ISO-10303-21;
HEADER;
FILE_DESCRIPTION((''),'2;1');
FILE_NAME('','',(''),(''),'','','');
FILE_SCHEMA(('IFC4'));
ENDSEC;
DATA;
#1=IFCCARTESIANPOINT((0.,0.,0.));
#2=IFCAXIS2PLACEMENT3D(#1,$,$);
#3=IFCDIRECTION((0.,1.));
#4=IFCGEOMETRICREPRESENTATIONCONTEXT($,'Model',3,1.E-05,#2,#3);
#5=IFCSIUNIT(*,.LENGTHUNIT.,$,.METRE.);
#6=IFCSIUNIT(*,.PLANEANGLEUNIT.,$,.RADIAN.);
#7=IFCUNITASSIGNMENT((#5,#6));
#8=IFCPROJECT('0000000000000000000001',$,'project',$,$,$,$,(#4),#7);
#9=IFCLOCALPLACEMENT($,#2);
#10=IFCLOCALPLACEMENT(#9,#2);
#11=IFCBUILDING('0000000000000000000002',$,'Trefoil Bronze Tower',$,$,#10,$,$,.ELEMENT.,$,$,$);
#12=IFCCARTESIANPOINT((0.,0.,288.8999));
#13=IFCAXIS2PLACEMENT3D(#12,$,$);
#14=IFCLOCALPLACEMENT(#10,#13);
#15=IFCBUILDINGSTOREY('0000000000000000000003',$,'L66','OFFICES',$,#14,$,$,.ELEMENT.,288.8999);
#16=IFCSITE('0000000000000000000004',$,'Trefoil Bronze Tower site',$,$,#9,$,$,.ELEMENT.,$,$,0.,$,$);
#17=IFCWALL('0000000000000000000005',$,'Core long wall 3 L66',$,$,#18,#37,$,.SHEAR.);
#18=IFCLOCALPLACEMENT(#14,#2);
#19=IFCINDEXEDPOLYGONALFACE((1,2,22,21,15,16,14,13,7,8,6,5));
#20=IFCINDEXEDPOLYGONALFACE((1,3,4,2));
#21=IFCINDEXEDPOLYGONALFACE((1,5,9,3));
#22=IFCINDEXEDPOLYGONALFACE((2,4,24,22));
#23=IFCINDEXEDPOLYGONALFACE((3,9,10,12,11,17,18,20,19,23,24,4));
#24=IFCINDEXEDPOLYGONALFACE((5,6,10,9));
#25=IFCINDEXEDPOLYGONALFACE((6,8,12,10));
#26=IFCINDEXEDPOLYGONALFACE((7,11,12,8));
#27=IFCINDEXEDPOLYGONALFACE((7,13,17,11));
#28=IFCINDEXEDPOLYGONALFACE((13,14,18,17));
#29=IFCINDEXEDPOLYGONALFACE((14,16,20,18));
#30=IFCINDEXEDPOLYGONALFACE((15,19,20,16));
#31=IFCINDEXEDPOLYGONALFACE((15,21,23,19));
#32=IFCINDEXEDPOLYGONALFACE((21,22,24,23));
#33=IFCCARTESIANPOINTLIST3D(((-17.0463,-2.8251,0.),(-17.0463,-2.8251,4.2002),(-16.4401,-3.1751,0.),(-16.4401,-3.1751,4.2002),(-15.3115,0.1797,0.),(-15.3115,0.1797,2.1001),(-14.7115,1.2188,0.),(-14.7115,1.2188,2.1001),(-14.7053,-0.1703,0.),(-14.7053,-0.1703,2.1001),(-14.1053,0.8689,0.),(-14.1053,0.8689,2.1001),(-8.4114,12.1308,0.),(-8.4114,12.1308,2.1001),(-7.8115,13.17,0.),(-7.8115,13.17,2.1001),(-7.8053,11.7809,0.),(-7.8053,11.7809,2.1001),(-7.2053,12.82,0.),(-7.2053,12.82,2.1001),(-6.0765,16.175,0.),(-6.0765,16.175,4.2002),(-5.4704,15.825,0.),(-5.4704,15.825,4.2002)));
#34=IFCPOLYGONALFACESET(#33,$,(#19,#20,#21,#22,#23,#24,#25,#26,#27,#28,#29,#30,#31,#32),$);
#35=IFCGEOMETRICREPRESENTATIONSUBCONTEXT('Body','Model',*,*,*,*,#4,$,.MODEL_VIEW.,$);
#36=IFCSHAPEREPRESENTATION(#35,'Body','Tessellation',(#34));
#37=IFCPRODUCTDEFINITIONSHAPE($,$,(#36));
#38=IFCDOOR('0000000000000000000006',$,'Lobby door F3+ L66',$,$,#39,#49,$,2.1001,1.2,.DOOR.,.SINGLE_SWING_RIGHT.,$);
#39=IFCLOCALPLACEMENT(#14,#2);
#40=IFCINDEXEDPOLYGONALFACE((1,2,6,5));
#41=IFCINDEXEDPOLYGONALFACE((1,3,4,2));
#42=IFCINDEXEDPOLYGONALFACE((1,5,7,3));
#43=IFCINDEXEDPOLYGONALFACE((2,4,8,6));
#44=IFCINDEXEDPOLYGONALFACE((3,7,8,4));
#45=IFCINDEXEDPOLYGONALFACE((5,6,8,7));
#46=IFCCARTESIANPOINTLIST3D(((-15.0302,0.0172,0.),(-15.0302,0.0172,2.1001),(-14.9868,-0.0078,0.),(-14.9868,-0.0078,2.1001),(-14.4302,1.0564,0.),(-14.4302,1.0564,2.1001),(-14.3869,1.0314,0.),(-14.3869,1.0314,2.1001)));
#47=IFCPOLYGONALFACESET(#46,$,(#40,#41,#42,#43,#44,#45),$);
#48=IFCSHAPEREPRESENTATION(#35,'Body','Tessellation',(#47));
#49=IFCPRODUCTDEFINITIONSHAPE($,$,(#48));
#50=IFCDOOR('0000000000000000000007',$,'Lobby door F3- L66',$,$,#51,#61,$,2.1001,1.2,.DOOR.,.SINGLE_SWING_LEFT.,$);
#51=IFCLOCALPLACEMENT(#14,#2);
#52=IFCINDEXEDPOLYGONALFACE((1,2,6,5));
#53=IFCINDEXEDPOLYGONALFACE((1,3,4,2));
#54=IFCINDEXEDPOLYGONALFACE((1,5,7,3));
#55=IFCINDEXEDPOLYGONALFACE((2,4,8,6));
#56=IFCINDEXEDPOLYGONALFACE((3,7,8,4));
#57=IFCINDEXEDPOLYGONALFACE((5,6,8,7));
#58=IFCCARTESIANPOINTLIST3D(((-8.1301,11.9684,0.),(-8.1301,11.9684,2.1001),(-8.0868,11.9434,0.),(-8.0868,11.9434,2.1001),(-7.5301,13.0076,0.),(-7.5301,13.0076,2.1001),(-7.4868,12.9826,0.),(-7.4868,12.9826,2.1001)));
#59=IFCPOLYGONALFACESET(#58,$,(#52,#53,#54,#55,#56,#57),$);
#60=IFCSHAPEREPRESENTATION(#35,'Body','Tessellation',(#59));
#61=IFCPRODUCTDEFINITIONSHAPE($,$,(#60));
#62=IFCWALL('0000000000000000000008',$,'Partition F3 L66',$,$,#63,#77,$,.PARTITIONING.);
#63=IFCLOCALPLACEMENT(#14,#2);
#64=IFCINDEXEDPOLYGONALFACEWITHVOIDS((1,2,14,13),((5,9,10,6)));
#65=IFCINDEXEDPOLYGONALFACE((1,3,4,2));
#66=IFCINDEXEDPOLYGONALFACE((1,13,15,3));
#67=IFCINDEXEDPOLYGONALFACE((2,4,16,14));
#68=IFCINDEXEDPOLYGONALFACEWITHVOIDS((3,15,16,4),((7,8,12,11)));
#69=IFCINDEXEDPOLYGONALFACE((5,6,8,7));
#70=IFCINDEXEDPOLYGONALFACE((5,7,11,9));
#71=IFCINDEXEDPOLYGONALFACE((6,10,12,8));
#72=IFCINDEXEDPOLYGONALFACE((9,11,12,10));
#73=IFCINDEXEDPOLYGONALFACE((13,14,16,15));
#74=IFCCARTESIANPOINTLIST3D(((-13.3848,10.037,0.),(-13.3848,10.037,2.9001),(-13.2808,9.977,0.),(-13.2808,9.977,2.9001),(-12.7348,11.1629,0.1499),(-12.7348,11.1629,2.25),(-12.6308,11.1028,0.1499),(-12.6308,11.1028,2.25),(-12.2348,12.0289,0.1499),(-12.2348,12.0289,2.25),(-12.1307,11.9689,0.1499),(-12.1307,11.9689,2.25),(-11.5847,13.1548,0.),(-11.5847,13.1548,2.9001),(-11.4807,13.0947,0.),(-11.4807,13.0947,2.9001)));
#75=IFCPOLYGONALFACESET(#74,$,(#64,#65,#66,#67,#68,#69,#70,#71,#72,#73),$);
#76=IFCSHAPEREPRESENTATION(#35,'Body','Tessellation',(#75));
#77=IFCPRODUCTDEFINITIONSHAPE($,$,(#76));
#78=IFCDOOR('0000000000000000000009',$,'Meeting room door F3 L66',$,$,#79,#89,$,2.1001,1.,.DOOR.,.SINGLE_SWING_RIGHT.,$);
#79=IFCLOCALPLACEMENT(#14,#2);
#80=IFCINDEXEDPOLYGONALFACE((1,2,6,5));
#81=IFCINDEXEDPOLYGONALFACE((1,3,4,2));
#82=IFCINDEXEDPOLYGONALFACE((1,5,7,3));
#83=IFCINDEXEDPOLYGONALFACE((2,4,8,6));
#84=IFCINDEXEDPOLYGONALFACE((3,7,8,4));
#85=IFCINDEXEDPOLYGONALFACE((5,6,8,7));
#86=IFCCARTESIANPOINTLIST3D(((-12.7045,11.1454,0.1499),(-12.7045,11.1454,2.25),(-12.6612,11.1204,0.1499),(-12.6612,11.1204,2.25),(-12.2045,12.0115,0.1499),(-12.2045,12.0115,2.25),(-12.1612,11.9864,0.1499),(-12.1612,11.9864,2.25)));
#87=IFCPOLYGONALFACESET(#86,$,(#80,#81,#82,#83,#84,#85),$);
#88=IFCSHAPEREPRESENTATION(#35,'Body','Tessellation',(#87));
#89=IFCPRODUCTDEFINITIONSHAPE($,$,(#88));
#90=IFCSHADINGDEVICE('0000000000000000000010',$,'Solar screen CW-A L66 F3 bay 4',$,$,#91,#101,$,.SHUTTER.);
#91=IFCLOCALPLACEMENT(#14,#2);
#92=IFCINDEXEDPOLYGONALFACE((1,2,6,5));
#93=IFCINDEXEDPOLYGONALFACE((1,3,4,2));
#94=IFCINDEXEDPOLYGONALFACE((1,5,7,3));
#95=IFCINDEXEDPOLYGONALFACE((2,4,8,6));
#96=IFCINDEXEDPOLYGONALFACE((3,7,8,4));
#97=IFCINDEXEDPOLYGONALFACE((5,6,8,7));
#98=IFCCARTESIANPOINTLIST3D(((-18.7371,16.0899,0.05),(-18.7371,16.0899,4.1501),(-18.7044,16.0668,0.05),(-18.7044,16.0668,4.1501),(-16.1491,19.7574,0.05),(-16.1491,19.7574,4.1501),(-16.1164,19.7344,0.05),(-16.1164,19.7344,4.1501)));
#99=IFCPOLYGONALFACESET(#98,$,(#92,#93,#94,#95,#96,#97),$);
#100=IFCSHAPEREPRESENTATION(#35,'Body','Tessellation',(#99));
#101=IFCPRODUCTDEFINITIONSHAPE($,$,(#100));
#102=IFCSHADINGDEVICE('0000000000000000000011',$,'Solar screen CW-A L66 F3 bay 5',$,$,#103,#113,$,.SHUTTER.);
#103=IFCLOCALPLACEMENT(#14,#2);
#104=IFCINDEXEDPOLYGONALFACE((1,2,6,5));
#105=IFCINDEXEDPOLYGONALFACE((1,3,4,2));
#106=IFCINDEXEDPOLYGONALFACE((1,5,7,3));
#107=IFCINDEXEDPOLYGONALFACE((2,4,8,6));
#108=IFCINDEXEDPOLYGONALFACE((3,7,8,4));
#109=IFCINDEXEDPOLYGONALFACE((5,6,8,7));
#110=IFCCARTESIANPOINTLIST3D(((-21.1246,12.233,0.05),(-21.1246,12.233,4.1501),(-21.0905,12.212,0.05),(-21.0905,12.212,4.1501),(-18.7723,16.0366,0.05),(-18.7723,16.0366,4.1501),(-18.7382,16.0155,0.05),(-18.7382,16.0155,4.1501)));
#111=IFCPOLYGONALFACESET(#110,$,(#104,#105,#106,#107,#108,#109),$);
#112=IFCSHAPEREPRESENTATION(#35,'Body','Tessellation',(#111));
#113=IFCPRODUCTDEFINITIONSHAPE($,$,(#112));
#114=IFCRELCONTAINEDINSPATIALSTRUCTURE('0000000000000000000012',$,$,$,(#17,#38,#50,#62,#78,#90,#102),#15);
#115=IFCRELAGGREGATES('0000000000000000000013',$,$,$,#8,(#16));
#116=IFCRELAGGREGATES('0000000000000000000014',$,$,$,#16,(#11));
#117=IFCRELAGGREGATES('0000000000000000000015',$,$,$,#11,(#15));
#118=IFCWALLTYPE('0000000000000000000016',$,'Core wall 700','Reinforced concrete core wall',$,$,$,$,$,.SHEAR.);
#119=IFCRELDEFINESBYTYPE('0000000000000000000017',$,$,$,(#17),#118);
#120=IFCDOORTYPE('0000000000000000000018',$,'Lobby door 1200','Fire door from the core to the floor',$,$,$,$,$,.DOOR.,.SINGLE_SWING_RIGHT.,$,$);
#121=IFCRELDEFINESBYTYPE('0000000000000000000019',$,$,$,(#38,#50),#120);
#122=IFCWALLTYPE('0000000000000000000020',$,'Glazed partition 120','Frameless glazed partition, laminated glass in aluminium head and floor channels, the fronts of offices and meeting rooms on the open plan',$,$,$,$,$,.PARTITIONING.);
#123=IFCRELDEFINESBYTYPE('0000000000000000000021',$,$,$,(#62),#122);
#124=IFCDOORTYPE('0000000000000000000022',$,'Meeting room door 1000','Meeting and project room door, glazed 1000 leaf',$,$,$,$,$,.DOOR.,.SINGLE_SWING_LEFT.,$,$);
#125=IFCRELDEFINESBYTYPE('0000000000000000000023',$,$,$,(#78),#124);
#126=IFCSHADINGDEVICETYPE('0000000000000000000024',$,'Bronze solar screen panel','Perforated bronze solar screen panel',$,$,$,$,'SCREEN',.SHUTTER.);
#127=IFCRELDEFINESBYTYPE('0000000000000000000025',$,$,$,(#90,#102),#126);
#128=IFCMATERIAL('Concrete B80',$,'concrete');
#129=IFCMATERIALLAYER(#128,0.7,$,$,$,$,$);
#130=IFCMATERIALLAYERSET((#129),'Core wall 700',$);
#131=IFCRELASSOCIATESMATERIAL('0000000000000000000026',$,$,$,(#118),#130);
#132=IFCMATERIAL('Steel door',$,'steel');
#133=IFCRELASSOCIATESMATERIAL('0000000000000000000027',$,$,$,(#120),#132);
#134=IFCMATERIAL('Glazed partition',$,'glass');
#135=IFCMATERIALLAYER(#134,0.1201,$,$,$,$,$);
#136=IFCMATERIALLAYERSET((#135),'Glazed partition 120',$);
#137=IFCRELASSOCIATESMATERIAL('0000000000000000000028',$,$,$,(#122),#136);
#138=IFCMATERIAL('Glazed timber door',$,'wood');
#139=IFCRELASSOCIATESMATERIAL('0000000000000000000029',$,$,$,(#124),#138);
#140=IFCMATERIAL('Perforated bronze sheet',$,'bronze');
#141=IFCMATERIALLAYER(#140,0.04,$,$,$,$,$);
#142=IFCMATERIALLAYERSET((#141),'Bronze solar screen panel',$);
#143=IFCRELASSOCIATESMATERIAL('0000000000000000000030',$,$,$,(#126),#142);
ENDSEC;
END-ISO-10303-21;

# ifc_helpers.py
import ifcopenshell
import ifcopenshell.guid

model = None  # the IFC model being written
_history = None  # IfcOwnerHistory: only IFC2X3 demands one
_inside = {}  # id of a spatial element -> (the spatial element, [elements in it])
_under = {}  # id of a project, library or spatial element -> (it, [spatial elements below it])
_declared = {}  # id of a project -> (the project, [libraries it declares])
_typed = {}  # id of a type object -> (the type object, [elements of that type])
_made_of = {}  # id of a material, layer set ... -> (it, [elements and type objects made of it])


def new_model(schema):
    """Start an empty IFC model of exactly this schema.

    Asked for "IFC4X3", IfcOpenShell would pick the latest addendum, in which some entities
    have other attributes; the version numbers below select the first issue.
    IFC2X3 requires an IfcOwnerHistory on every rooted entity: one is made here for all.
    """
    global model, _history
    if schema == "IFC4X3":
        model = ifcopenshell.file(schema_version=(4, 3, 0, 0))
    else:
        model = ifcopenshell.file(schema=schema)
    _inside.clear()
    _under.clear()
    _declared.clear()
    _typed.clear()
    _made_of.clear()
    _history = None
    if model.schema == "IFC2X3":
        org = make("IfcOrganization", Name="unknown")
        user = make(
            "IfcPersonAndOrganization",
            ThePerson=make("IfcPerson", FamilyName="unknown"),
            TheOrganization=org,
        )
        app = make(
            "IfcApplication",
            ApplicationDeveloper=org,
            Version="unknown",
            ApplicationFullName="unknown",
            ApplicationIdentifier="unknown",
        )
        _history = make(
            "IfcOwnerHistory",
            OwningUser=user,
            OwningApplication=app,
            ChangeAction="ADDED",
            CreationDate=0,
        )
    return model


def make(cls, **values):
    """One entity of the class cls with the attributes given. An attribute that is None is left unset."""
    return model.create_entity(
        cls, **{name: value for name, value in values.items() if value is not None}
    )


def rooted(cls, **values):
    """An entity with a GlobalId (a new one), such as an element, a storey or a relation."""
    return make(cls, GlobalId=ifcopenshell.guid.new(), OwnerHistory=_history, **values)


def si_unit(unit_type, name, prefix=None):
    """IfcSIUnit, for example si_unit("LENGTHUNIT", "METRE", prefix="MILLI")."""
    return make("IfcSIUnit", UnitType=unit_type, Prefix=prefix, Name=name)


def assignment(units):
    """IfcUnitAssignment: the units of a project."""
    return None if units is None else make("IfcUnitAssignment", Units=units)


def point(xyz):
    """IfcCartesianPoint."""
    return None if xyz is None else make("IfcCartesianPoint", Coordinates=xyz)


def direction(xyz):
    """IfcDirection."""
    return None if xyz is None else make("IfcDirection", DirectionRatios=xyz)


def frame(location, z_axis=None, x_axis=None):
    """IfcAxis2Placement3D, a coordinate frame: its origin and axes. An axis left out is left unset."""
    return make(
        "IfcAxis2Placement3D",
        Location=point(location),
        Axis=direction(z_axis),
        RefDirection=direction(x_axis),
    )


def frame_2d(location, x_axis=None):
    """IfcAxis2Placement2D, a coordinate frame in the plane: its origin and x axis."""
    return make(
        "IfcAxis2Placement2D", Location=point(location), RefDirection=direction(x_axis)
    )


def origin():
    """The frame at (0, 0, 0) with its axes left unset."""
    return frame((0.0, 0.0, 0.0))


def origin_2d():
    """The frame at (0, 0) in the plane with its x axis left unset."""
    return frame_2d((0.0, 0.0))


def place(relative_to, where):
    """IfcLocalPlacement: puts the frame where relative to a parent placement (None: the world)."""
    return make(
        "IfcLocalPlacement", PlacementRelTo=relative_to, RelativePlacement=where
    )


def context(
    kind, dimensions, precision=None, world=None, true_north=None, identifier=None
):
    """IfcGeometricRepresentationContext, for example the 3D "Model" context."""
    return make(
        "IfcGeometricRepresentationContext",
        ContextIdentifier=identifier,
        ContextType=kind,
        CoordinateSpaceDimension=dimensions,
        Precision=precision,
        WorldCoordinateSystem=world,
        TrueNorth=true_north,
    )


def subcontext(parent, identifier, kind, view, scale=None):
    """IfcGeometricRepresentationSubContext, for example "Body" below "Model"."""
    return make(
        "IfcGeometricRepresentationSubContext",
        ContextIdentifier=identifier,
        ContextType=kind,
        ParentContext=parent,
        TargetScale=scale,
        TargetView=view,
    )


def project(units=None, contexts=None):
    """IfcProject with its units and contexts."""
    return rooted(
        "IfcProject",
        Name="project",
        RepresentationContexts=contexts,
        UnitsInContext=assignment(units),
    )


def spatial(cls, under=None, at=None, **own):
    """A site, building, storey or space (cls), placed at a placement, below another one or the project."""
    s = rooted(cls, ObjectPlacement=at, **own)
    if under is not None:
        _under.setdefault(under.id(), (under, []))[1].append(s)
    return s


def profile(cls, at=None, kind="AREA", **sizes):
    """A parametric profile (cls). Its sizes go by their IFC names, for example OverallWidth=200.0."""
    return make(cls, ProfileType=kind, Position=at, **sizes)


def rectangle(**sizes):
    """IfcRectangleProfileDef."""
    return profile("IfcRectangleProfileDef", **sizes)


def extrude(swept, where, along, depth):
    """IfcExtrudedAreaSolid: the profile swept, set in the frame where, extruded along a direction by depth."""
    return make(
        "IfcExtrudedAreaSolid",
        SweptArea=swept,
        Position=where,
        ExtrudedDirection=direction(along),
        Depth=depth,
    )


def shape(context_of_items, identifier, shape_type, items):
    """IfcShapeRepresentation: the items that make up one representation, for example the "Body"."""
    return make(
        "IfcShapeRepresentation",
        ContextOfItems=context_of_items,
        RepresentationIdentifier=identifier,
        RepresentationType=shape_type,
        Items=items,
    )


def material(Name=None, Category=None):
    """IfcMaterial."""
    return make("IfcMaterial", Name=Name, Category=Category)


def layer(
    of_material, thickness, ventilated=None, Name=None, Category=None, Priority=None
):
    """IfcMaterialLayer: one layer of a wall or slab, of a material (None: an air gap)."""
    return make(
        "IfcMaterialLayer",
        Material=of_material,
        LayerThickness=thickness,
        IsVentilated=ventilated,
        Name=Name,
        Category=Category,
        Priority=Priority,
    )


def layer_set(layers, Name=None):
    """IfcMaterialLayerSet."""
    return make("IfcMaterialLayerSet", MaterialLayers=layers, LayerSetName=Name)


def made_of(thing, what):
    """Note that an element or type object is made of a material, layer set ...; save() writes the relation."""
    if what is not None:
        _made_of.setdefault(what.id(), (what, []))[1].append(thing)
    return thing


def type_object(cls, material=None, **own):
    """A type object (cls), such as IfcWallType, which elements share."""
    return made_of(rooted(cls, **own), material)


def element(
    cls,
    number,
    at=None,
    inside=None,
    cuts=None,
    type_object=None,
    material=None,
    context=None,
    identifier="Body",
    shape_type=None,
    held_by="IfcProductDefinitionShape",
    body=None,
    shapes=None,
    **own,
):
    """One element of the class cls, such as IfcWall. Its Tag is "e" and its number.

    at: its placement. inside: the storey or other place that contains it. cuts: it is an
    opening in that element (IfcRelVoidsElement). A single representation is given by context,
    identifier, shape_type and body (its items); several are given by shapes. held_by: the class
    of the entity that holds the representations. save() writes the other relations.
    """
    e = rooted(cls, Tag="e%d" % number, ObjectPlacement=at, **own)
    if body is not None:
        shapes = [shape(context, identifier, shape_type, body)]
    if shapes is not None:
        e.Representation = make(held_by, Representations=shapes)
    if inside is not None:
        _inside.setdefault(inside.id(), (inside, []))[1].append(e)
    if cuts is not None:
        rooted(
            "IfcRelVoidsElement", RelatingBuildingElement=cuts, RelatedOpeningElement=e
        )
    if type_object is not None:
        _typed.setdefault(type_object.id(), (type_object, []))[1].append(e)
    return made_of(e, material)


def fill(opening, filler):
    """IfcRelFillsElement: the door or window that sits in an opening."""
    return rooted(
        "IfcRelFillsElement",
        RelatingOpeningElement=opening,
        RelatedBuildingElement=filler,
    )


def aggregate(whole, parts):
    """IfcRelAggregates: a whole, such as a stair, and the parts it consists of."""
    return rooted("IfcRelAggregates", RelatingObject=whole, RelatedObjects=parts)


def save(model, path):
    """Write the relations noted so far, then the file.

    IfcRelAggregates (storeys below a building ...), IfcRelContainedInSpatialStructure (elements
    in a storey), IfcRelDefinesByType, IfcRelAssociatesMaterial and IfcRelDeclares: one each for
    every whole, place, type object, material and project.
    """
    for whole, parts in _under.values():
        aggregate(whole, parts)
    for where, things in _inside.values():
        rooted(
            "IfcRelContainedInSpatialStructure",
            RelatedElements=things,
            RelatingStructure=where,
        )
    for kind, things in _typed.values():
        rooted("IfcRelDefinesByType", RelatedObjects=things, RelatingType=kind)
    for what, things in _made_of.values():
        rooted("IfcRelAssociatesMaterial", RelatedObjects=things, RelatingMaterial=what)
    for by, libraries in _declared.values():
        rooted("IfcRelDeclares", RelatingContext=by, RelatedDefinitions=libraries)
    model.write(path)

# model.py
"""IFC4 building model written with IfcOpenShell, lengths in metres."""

from ifc_helpers import new_model, si_unit, direction, frame, frame_2d, origin, origin_2d, place, context, subcontext, project, spatial, rectangle, extrude, material, layer, layer_set, type_object, element, fill, save


model = new_model("IFC4")

# Units and contexts
model_context = context("Model", 3, precision=1e-05, world=origin(), true_north=direction((0.0, 1.0)))
body_context = subcontext(model_context, "Body", "Model", "MODEL_VIEW")
ifc_project = project(units=[si_unit("LENGTHUNIT", "METRE"), si_unit("PLANEANGLEUNIT", "RADIAN")], contexts=[model_context])

# Site, building, storey
site_placement = place(None, origin())
site = spatial("IfcSite", under=ifc_project, at=site_placement, Name="Trefoil Bronze Tower site", CompositionType="ELEMENT", RefElevation=0.0)
building_placement = place(site_placement, origin())
building = spatial("IfcBuilding", under=site, at=building_placement, Name="Trefoil Bronze Tower", CompositionType="ELEMENT")
storey_placement = place(building_placement, frame((0.0, 0.0, 288.8999)))
storey = spatial("IfcBuildingStorey", under=building, at=storey_placement, Name="L66", Description="OFFICES", CompositionType="ELEMENT", Elevation=288.8999)

# Wall, openings, doors
ifc_material_1 = material(Name="Concrete B80", Category="concrete")
ifc_layer_1 = layer(ifc_material_1, 0.7)
ifc_layer_set_1 = layer_set([ifc_layer_1], Name="Core wall 700")
wall_type_1 = type_object("IfcWallType", Name="Core wall 700", Description="Reinforced concrete core wall", PredefinedType="SHEAR", material=ifc_layer_set_1)
wall_1_placement = place(storey_placement, frame((-5.7734, 16.0, 0.0), z_axis=(0.0, 0.0, 1.0), x_axis=(-0.500002, -0.866024, 0.0)))
wall_1 = element("IfcWall", 1, at=wall_1_placement, inside=storey, type_object=wall_type_1, Name="Core long wall 3 L66", PredefinedType="SHEAR", context=body_context, shape_type="SweptSolid", body=[
    extrude(rectangle(XDim=21.9395, YDim=0.7, at=frame_2d((10.9697, 0.0))), origin(), (0.0, 0.0, 1.0), 4.2002),
])
opening_1_placement = place(wall_1_placement, frame((17.2698, 0.0, 0.0)))
opening_1 = element("IfcOpeningElement", 2, at=opening_1_placement, cuts=wall_1, PredefinedType="OPENING", context=body_context, shape_type="SweptSolid", body=[
    extrude(rectangle(XDim=1.2, YDim=2.1001, at=frame_2d((0.6001, 1.05))), frame((0.0, 0.3599, 0.0), z_axis=(0.0, -1.0, 0.0), x_axis=(1.0, 0.0, 0.0)), (0.0, 0.0, 1.0), 0.72),
])
opening_2_placement = place(wall_1_placement, frame((3.4697, 0.0, 0.0)))
opening_2 = element("IfcOpeningElement", 3, at=opening_2_placement, cuts=wall_1, PredefinedType="OPENING", context=body_context, shape_type="SweptSolid", body=[
    extrude(rectangle(XDim=1.2, YDim=2.1001, at=frame_2d((0.6001, 1.05))), frame((0.0, 0.3599, 0.0), z_axis=(0.0, -1.0, 0.0), x_axis=(1.0, 0.0, 0.0)), (0.0, 0.0, 1.0), 0.72),
])
ifc_material_2 = material(Name="Steel door", Category="steel")
door_type_1 = type_object("IfcDoorType", Name="Lobby door 1200", Description="Fire door from the core to the floor", OperationType="SINGLE_SWING_RIGHT", PredefinedType="DOOR", material=ifc_material_2)
door_1_placement = place(opening_1_placement, origin())
door_1 = element("IfcDoor", 4, at=door_1_placement, inside=storey, type_object=door_type_1, Name="Lobby door F3+ L66", OperationType="SINGLE_SWING_RIGHT", OverallHeight=2.1001, OverallWidth=1.2, PredefinedType="DOOR", context=body_context, shape_type="SweptSolid", body=[
    extrude(rectangle(XDim=1.2, YDim=2.1001, at=frame_2d((0.6001, 1.05))), frame((0.0, 0.0249, 0.0), z_axis=(0.0, -1.0, 0.0), x_axis=(1.0, 0.0, 0.0)), (0.0, 0.0, 1.0), 0.05),
])
fill(opening_1, door_1)
door_2_placement = place(opening_2_placement, origin())
door_2 = element("IfcDoor", 5, at=door_2_placement, inside=storey, type_object=door_type_1, Name="Lobby door F3- L66", OperationType="SINGLE_SWING_LEFT", OverallHeight=2.1001, OverallWidth=1.2, PredefinedType="DOOR", context=body_context, shape_type="SweptSolid", body=[
    extrude(rectangle(XDim=1.2, YDim=2.1001, at=frame_2d((0.6001, 1.05))), frame((0.0, 0.0249, 0.0), z_axis=(0.0, -1.0, 0.0), x_axis=(1.0, 0.0, 0.0)), (0.0, 0.0, 1.0), 0.05),
])
fill(opening_2, door_2)

# Wall, opening, door
ifc_material_3 = material(Name="Glazed partition", Category="glass")
ifc_layer_2 = layer(ifc_material_3, 0.1201)
ifc_layer_set_2 = layer_set([ifc_layer_2], Name="Glazed partition 120")
wall_type_2 = type_object("IfcWallType", Name="Glazed partition 120", Description="Frameless glazed partition, laminated glass in aluminium head and floor channels, the fronts of offices and meeting rooms on the open plan", PredefinedType="PARTITIONING", material=ifc_layer_set_2)
wall_2_placement = place(storey_placement, frame((-11.5327, 13.1248, 0.0), z_axis=(0.0, 0.0, 1.0), x_axis=(-0.500012, -0.866018, 0.0)))
wall_2 = element("IfcWall", 6, at=wall_2_placement, inside=storey, type_object=wall_type_2, Name="Partition F3 L66", PredefinedType="PARTITIONING", context=body_context, shape_type="SweptSolid", body=[
    extrude(rectangle(XDim=3.6001, YDim=0.1201, at=frame_2d((1.8, 0.0))), origin(), (0.0, 0.0, 1.0), 2.9001),
])
opening_3_placement = place(wall_2_placement, frame((1.3, 0.0, 0.1499)))
opening_3 = element("IfcOpeningElement", 7, at=opening_3_placement, cuts=wall_2, PredefinedType="OPENING", context=body_context, shape_type="SweptSolid", body=[
    extrude(rectangle(XDim=1.0, YDim=2.1001, at=frame_2d((0.5, 1.05))), frame((0.0, 0.0701, 0.0), z_axis=(0.0, -1.0, 0.0), x_axis=(1.0, 0.0, 0.0)), (0.0, 0.0, 1.0), 0.1401),
])
ifc_material_4 = material(Name="Glazed timber door", Category="wood")
door_type_2 = type_object("IfcDoorType", Name="Meeting room door 1000", Description="Meeting and project room door, glazed 1000 leaf", OperationType="SINGLE_SWING_LEFT", PredefinedType="DOOR", material=ifc_material_4)
door_3_placement = place(opening_3_placement, origin())
door_3 = element("IfcDoor", 8, at=door_3_placement, inside=storey, type_object=door_type_2, Name="Meeting room door F3 L66", OperationType="SINGLE_SWING_RIGHT", OverallHeight=2.1001, OverallWidth=1.0, PredefinedType="DOOR", context=body_context, shape_type="SweptSolid", body=[
    extrude(rectangle(XDim=1.0, YDim=2.1001, at=frame_2d((0.5, 1.05))), frame((0.0, 0.0249, 0.0), z_axis=(0.0, -1.0, 0.0), x_axis=(1.0, 0.0, 0.0)), (0.0, 0.0, 1.0), 0.05),
])
fill(opening_3, door_3)

# Shading devices
ifc_material_5 = material(Name="Perforated bronze sheet", Category="bronze")
ifc_layer_3 = layer(ifc_material_5, 0.04)
ifc_layer_set_3 = layer_set([ifc_layer_3], Name="Bronze solar screen panel")
shading_device_type = type_object("IfcShadingDeviceType", Name="Bronze solar screen panel", Description="Perforated bronze solar screen panel", ElementType="SCREEN", PredefinedType="SHUTTER", material=ifc_layer_set_3)
shading_device_1_placement = place(storey_placement, frame((-17.4268, 17.9121, 0.05), z_axis=(0.0, 0.0, 1.0), x_axis=(-0.576561, -0.817054, 0.0)))
element("IfcShadingDevice", 9, at=shading_device_1_placement, inside=storey, type_object=shading_device_type, Name="Solar screen CW-A L66 F3 bay 4", PredefinedType="SHUTTER", context=body_context, shape_type="SweptSolid", body=[
    extrude(rectangle(XDim=4.4888, YDim=0.04, at=origin_2d()), origin(), (0.0, 0.0, 1.0), 4.1001),
])
shading_device_2_placement = place(storey_placement, frame((-19.9314, 14.1243, 0.05), z_axis=(0.0, 0.0, 1.0), x_axis=(-0.52598, -0.850497, 0.0)))
element("IfcShadingDevice", 10, at=shading_device_2_placement, inside=storey, type_object=shading_device_type, Name="Solar screen CW-A L66 F3 bay 5", PredefinedType="SHUTTER", context=body_context, shape_type="SweptSolid", body=[
    extrude(rectangle(XDim=4.4722, YDim=0.04, at=origin_2d()), origin(), (0.0, 0.0, 1.0), 4.1001),
])

save(model, "model.ifc")
